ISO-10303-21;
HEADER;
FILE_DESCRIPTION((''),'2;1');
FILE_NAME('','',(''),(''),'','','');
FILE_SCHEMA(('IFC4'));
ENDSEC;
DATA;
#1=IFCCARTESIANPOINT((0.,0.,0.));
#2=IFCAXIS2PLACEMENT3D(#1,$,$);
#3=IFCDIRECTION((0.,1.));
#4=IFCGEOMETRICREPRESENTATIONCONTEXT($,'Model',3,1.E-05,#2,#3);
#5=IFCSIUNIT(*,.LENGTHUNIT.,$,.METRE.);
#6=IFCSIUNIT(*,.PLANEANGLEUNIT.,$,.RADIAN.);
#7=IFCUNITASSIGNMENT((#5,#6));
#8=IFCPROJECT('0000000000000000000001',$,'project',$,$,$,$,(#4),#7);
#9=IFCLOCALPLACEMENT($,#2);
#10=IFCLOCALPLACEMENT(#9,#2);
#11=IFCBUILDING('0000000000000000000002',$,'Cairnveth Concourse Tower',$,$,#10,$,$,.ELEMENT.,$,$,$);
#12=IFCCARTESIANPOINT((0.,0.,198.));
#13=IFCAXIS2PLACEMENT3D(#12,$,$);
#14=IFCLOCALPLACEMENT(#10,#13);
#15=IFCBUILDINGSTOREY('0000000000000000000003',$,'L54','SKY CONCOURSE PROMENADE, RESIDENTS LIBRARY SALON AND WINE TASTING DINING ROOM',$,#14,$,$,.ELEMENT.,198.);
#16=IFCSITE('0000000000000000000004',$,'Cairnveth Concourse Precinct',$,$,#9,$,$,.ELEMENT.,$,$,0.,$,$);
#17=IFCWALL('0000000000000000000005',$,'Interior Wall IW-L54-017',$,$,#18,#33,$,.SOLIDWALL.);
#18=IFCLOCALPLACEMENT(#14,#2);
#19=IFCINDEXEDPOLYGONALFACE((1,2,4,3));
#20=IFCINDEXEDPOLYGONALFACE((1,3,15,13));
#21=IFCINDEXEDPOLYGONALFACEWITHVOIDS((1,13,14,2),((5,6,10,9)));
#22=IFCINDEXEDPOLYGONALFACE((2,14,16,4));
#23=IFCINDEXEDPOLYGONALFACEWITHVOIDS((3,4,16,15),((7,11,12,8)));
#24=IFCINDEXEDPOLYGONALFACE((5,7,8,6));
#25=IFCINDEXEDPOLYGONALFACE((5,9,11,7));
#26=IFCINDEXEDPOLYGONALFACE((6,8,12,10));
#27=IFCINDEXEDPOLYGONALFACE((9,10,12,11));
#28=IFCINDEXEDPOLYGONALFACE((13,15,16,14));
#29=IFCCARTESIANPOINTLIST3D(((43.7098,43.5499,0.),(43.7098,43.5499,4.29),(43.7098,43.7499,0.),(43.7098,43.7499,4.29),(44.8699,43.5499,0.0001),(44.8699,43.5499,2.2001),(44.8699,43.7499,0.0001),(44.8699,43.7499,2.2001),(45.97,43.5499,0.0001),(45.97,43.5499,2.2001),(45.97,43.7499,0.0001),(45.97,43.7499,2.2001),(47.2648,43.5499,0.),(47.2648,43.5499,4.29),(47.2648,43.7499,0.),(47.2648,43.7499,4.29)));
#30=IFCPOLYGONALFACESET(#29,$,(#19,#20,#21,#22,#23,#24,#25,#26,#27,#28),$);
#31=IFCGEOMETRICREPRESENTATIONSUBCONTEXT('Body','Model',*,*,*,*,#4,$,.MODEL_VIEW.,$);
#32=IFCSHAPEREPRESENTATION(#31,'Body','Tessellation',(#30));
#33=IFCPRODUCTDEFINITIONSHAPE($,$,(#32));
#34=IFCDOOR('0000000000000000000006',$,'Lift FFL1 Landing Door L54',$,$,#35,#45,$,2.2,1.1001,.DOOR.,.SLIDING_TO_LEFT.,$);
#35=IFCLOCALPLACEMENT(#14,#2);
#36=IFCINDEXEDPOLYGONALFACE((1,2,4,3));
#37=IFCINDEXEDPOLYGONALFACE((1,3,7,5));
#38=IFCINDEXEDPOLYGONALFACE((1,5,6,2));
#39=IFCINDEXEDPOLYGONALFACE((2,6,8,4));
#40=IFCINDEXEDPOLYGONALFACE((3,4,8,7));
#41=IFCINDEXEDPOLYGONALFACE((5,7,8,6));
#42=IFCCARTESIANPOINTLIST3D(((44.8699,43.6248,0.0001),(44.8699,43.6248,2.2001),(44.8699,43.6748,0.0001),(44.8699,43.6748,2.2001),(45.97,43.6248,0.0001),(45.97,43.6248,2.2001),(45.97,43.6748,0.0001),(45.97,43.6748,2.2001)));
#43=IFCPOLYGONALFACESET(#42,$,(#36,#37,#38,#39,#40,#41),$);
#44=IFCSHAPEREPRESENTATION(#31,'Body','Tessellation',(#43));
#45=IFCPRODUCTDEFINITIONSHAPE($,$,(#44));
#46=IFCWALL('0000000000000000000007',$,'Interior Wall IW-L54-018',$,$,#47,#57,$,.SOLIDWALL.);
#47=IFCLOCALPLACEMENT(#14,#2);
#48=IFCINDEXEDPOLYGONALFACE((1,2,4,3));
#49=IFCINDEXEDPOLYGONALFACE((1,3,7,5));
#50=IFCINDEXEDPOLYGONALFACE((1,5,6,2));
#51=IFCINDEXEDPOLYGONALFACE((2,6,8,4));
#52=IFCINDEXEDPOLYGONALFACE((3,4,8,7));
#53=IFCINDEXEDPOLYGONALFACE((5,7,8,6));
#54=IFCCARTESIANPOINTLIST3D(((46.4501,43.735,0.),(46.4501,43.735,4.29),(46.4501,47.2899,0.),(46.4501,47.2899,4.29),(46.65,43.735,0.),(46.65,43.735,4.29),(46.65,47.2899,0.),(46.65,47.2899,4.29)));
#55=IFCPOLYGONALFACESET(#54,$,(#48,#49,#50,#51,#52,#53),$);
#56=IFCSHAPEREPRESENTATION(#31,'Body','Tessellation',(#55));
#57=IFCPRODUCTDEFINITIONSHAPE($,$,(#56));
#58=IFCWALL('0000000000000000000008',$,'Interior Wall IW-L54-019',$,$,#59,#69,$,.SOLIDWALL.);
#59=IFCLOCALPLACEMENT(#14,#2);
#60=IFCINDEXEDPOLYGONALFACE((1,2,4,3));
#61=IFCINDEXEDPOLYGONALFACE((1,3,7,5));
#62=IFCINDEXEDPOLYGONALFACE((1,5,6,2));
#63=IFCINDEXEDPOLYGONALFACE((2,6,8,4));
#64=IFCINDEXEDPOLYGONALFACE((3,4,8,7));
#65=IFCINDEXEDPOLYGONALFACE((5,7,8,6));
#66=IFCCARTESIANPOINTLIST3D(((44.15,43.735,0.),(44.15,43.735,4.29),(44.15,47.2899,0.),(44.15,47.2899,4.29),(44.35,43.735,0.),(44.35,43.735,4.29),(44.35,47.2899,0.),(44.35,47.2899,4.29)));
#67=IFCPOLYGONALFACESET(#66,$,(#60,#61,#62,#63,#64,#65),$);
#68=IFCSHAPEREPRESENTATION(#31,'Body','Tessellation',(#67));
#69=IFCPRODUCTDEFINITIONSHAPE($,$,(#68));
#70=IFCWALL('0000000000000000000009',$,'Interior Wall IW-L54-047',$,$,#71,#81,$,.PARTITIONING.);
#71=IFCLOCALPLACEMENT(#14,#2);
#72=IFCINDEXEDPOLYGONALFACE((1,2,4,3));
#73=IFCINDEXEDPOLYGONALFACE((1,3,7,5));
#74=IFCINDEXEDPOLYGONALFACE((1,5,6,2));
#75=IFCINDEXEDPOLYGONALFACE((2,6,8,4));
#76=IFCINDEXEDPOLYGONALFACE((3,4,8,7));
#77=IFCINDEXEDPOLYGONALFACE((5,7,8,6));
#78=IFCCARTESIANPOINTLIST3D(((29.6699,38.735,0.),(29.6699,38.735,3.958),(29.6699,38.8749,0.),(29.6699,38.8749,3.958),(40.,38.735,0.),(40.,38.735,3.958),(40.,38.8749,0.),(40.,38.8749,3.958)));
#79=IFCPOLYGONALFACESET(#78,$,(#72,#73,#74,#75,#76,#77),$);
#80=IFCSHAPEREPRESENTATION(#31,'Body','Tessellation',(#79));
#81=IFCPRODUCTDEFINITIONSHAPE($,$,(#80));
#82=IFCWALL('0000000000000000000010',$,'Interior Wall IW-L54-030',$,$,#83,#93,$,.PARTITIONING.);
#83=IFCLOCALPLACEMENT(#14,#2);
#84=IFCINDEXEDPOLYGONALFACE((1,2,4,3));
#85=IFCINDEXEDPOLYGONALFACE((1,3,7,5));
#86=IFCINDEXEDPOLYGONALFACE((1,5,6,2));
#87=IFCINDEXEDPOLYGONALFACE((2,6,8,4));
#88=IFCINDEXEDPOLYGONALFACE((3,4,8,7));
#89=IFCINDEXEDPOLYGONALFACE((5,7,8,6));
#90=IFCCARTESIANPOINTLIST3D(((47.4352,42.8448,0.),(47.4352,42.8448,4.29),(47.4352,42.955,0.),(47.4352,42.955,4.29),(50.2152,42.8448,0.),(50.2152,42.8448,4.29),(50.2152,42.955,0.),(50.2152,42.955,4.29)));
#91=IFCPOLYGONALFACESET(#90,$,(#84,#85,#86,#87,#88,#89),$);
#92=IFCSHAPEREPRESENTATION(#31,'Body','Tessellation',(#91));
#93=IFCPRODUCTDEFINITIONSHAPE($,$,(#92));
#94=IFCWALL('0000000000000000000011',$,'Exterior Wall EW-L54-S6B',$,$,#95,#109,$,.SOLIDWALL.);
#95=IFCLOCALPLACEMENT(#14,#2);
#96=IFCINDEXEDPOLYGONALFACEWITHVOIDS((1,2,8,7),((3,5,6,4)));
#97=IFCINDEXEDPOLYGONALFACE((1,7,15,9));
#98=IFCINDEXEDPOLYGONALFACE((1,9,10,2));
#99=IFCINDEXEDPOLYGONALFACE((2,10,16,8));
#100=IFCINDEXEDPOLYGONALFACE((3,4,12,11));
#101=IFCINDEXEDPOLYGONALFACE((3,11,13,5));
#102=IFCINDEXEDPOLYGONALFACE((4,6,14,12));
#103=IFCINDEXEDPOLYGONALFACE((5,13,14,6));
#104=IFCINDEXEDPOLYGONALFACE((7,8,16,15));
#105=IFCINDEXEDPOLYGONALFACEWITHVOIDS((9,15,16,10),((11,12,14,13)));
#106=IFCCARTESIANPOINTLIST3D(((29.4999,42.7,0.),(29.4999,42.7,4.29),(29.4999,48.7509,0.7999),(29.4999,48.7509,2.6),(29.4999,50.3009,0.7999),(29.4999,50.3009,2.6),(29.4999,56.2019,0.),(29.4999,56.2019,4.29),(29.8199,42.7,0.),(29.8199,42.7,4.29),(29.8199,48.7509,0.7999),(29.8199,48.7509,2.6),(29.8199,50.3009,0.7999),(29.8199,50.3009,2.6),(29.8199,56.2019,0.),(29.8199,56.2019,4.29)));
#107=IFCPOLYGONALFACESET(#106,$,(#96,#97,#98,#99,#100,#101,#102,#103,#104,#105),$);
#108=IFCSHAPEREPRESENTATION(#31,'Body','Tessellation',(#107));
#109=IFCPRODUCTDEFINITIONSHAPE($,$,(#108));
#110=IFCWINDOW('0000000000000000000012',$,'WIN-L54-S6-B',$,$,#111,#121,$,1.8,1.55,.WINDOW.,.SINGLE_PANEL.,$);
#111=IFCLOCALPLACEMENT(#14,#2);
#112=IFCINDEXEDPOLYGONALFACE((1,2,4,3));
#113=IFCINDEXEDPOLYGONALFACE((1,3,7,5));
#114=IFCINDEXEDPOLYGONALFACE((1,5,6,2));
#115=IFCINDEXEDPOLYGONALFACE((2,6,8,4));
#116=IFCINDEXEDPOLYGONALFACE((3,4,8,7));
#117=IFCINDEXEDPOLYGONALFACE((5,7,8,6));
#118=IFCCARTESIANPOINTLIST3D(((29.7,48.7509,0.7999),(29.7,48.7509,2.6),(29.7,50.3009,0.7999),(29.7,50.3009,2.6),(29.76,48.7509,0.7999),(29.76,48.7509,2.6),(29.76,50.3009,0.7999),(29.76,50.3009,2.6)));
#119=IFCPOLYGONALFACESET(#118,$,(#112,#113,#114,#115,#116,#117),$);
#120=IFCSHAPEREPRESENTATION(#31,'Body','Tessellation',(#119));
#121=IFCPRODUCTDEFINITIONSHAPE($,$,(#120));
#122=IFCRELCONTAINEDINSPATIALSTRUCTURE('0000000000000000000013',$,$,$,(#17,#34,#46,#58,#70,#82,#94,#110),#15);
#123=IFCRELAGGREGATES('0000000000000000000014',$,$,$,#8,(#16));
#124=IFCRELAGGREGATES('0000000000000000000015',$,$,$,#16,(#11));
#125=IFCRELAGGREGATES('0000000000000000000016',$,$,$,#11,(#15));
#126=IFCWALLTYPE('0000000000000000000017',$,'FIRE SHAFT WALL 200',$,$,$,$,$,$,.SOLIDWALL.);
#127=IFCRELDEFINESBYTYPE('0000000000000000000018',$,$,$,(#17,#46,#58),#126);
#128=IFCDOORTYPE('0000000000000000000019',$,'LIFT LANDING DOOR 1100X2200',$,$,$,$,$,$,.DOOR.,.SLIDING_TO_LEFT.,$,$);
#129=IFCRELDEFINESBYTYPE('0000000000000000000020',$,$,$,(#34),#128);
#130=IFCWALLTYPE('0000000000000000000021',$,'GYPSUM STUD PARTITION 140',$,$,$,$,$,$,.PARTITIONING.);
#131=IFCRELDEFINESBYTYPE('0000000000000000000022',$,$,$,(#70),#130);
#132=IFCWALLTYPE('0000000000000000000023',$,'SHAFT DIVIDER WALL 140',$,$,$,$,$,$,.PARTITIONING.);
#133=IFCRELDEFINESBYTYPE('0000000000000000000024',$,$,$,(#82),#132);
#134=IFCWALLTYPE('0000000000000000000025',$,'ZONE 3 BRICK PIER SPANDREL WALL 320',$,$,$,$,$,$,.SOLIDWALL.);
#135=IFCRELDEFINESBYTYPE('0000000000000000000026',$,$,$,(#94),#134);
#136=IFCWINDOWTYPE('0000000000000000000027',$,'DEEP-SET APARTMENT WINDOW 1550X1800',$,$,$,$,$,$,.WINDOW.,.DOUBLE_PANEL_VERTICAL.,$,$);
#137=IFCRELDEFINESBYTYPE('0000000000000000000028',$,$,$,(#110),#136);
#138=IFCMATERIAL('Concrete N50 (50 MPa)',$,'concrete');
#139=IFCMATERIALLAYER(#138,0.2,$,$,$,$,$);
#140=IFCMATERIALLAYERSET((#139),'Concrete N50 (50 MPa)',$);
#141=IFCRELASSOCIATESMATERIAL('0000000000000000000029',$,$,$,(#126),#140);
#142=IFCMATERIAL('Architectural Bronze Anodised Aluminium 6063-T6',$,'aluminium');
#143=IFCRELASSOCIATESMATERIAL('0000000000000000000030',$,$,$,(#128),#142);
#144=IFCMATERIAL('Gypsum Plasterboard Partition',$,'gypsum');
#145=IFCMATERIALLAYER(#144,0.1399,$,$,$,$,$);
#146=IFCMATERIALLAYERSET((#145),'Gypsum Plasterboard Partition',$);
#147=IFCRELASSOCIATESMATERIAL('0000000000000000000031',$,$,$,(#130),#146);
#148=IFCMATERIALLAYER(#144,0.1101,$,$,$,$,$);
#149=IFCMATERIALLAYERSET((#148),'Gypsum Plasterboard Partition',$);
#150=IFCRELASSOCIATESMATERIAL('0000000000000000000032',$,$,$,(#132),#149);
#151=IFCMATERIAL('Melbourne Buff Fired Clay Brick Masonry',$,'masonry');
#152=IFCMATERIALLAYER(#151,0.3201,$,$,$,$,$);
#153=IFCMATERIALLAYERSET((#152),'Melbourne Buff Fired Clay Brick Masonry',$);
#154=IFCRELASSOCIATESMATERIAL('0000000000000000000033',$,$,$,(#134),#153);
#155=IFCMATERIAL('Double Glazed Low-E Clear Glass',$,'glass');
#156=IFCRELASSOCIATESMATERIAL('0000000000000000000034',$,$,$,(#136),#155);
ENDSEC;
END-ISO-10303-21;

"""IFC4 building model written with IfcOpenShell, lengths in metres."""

from ifc_helpers import new_model, si_unit, direction, frame, frame_2d, origin, place, context, subcontext, project, spatial, rectangle, extrude, material, layer, layer_set, type_object, element, fill, save


model = new_model("IFC4")

# Units and contexts
model_context = context("Model", 3, precision=1e-05, world=origin(), true_north=direction((0.0, 1.0)))
body_context = subcontext(model_context, "Body", "Model", "MODEL_VIEW")
ifc_project = project(units=[si_unit("LENGTHUNIT", "METRE"), si_unit("PLANEANGLEUNIT", "RADIAN")], contexts=[model_context])

# Site, building, storey
site_placement = place(None, origin())
site = spatial("IfcSite", under=ifc_project, at=site_placement, Name="Cairnveth Concourse Precinct", CompositionType="ELEMENT", RefElevation=0.0)
building_placement = place(site_placement, origin())
building = spatial("IfcBuilding", under=site, at=building_placement, Name="Cairnveth Concourse Tower", CompositionType="ELEMENT")
storey_placement = place(building_placement, frame((0.0, 0.0, 198.0)))
storey = spatial("IfcBuildingStorey", under=building, at=storey_placement, Name="L54", Description="SKY CONCOURSE PROMENADE, RESIDENTS LIBRARY SALON AND WINE TASTING DINING ROOM", CompositionType="ELEMENT", Elevation=198.0)

# Shared definitions
ifc_material_1 = material(Name="Architectural Bronze Anodised Aluminium 6063-T6", Category="aluminium")

# Shared definitions
ifc_material_2 = material(Name="Concrete N50 (50 MPa)", Category="concrete")

# Shared definitions
ifc_layer_1 = layer(ifc_material_2, 0.2)
ifc_layer_set_1 = layer_set([ifc_layer_1], Name="Concrete N50 (50 MPa)")
wall_type_1 = type_object("IfcWallType", Name="FIRE SHAFT WALL 200", PredefinedType="SOLIDWALL", material=ifc_layer_set_1)

# Wall, opening, door
wall_1_placement = place(storey_placement, frame((43.71, 43.6499, 0.0), z_axis=(0.0, 0.0, 1.0), x_axis=(1.0, 0.0, 0.0)))
wall_1 = element("IfcWall", 1, at=wall_1_placement, inside=storey, type_object=wall_type_1, Name="Interior Wall IW-L54-017", PredefinedType="SOLIDWALL", context=body_context, shape_type="SweptSolid", body=[
    extrude(rectangle(XDim=3.5549, YDim=0.2, at=frame_2d((1.7773, 0.0))), origin(), (0.0, 0.0, 1.0), 4.29),
])
opening_1_placement = place(wall_1_placement, frame((1.1599, 0.0, 0.0)))
opening_1 = element("IfcOpeningElement", 2, at=opening_1_placement, cuts=wall_1, PredefinedType="OPENING", context=body_context, shape_type="SweptSolid", body=[
    extrude(rectangle(XDim=1.1001, YDim=2.2, at=frame_2d((0.55, 1.1001))), frame((0.0, 0.1099, 0.0), z_axis=(0.0, -1.0, 0.0), x_axis=(1.0, 0.0, 0.0)), (0.0, 0.0, 1.0), 0.22),
])
door_type_1 = type_object("IfcDoorType", Name="LIFT LANDING DOOR 1100X2200", OperationType="SLIDING_TO_LEFT", PredefinedType="DOOR", material=ifc_material_1)
door_1_placement = place(opening_1_placement, origin())
door_1 = element("IfcDoor", 3, at=door_1_placement, inside=storey, type_object=door_type_1, Name="Lift FFL1 Landing Door L54", OperationType="SLIDING_TO_LEFT", OverallHeight=2.2, OverallWidth=1.1001, PredefinedType="DOOR", context=body_context, shape_type="SweptSolid", body=[
    extrude(rectangle(XDim=1.1001, YDim=2.2, at=frame_2d((0.55, 1.1001))), frame((0.0, 0.0249, 0.0), z_axis=(0.0, -1.0, 0.0), x_axis=(1.0, 0.0, 0.0)), (0.0, 0.0, 1.0), 0.05),
])
fill(opening_1, door_1)

# Walls
for number, where, z_axis, x_axis, name in (
    (4, (46.55, 43.7351, 0.0), (0.0, 0.0, 1.0), (0.0, 1.0, 0.0), "Interior Wall IW-L54-018"),
    (5, (44.25, 43.7351, 0.0), (0.0, 0.0, 1.0), (0.0, 1.0, 0.0), "Interior Wall IW-L54-019"),
):
    element("IfcWall", number, at=place(storey_placement, frame(where, z_axis=z_axis, x_axis=x_axis)), inside=storey, type_object=wall_type_1, Name=name, PredefinedType="SOLIDWALL", context=body_context, shape_type="SweptSolid", body=[
        extrude(rectangle(XDim=3.5549, YDim=0.2, at=frame_2d((1.7773, 0.0))), origin(), (0.0, 0.0, 1.0), 4.29),
    ])
ifc_material_3 = material(Name="Gypsum Plasterboard Partition", Category="gypsum")
ifc_layer_2 = layer(ifc_material_3, 0.1399)
ifc_layer_set_2 = layer_set([ifc_layer_2], Name="Gypsum Plasterboard Partition")
wall_type_2 = type_object("IfcWallType", Name="GYPSUM STUD PARTITION 140", PredefinedType="PARTITIONING", material=ifc_layer_set_2)
wall_2_placement = place(storey_placement, frame((29.6699, 38.8049, 0.0), z_axis=(0.0, 0.0, 1.0), x_axis=(1.0, 0.0, 0.0)))
element("IfcWall", 6, at=wall_2_placement, inside=storey, type_object=wall_type_2, Name="Interior Wall IW-L54-047", PredefinedType="PARTITIONING", context=body_context, shape_type="SweptSolid", body=[
    extrude(rectangle(XDim=10.3301, YDim=0.1399, at=frame_2d((5.165, 0.0))), origin(), (0.0, 0.0, 1.0), 3.958),
])
ifc_layer_3 = layer(ifc_material_3, 0.1101)
ifc_layer_set_3 = layer_set([ifc_layer_3], Name="Gypsum Plasterboard Partition")
wall_type_3 = type_object("IfcWallType", Name="SHAFT DIVIDER WALL 140", PredefinedType="PARTITIONING", material=ifc_layer_set_3)
wall_3_placement = place(storey_placement, frame((47.4351, 42.8999, 0.0), z_axis=(0.0, 0.0, 1.0), x_axis=(1.0, 0.0, 0.0)))
element("IfcWall", 7, at=wall_3_placement, inside=storey, type_object=wall_type_3, Name="Interior Wall IW-L54-030", PredefinedType="PARTITIONING", context=body_context, shape_type="SweptSolid", body=[
    extrude(rectangle(XDim=2.78, YDim=0.1101, at=frame_2d((1.3901, 0.0))), origin(), (0.0, 0.0, 1.0), 4.29),
])

# Wall, opening, window
ifc_material_4 = material(Name="Melbourne Buff Fired Clay Brick Masonry", Category="masonry")
ifc_layer_4 = layer(ifc_material_4, 0.3201)
ifc_layer_set_4 = layer_set([ifc_layer_4], Name="Melbourne Buff Fired Clay Brick Masonry")
wall_type_4 = type_object("IfcWallType", Name="ZONE 3 BRICK PIER SPANDREL WALL 320", PredefinedType="SOLIDWALL", material=ifc_layer_set_4)
wall_4_placement = place(storey_placement, frame((29.6599, 42.7, 0.0), z_axis=(0.0, 0.0, 1.0), x_axis=(0.0, 1.0, 0.0)))
wall_4 = element("IfcWall", 8, at=wall_4_placement, inside=storey, type_object=wall_type_4, Name="Exterior Wall EW-L54-S6B", PredefinedType="SOLIDWALL", context=body_context, shape_type="SweptSolid", body=[
    extrude(rectangle(XDim=13.502, YDim=0.3201, at=frame_2d((6.751, 0.0))), origin(), (0.0, 0.0, 1.0), 4.29),
])
opening_2_placement = place(wall_4_placement, frame((6.051, 0.0, 0.8)))
opening_2 = element("IfcOpeningElement", 9, at=opening_2_placement, cuts=wall_4, PredefinedType="OPENING", context=body_context, shape_type="SweptSolid", body=[
    extrude(rectangle(XDim=1.55, YDim=1.8, at=frame_2d((0.7749, 0.8999))), frame((0.0, 0.1699, 0.0), z_axis=(0.0, -1.0, 0.0), x_axis=(1.0, 0.0, 0.0)), (0.0, 0.0, 1.0), 0.3401),
])
ifc_material_5 = material(Name="Double Glazed Low-E Clear Glass", Category="glass")
window_type = type_object("IfcWindowType", Name="DEEP-SET APARTMENT WINDOW 1550X1800", PartitioningType="DOUBLE_PANEL_VERTICAL", PredefinedType="WINDOW", material=ifc_material_5)
window_placement = place(opening_2_placement, origin())
window = element("IfcWindow", 10, at=window_placement, inside=storey, type_object=window_type, Name="WIN-L54-S6-B", OverallHeight=1.8, OverallWidth=1.55, PartitioningType="SINGLE_PANEL", PredefinedType="WINDOW", context=body_context, shape_type="SweptSolid", body=[
    extrude(rectangle(XDim=1.55, YDim=1.8, at=frame_2d((0.7749, 0.8999))), frame((0.0, -0.04, 0.0), z_axis=(0.0, -1.0, 0.0), x_axis=(1.0, 0.0, 0.0)), (0.0, 0.0, 1.0), 0.0601),
])
fill(opening_2, window)

save(model, "model.ifc")
